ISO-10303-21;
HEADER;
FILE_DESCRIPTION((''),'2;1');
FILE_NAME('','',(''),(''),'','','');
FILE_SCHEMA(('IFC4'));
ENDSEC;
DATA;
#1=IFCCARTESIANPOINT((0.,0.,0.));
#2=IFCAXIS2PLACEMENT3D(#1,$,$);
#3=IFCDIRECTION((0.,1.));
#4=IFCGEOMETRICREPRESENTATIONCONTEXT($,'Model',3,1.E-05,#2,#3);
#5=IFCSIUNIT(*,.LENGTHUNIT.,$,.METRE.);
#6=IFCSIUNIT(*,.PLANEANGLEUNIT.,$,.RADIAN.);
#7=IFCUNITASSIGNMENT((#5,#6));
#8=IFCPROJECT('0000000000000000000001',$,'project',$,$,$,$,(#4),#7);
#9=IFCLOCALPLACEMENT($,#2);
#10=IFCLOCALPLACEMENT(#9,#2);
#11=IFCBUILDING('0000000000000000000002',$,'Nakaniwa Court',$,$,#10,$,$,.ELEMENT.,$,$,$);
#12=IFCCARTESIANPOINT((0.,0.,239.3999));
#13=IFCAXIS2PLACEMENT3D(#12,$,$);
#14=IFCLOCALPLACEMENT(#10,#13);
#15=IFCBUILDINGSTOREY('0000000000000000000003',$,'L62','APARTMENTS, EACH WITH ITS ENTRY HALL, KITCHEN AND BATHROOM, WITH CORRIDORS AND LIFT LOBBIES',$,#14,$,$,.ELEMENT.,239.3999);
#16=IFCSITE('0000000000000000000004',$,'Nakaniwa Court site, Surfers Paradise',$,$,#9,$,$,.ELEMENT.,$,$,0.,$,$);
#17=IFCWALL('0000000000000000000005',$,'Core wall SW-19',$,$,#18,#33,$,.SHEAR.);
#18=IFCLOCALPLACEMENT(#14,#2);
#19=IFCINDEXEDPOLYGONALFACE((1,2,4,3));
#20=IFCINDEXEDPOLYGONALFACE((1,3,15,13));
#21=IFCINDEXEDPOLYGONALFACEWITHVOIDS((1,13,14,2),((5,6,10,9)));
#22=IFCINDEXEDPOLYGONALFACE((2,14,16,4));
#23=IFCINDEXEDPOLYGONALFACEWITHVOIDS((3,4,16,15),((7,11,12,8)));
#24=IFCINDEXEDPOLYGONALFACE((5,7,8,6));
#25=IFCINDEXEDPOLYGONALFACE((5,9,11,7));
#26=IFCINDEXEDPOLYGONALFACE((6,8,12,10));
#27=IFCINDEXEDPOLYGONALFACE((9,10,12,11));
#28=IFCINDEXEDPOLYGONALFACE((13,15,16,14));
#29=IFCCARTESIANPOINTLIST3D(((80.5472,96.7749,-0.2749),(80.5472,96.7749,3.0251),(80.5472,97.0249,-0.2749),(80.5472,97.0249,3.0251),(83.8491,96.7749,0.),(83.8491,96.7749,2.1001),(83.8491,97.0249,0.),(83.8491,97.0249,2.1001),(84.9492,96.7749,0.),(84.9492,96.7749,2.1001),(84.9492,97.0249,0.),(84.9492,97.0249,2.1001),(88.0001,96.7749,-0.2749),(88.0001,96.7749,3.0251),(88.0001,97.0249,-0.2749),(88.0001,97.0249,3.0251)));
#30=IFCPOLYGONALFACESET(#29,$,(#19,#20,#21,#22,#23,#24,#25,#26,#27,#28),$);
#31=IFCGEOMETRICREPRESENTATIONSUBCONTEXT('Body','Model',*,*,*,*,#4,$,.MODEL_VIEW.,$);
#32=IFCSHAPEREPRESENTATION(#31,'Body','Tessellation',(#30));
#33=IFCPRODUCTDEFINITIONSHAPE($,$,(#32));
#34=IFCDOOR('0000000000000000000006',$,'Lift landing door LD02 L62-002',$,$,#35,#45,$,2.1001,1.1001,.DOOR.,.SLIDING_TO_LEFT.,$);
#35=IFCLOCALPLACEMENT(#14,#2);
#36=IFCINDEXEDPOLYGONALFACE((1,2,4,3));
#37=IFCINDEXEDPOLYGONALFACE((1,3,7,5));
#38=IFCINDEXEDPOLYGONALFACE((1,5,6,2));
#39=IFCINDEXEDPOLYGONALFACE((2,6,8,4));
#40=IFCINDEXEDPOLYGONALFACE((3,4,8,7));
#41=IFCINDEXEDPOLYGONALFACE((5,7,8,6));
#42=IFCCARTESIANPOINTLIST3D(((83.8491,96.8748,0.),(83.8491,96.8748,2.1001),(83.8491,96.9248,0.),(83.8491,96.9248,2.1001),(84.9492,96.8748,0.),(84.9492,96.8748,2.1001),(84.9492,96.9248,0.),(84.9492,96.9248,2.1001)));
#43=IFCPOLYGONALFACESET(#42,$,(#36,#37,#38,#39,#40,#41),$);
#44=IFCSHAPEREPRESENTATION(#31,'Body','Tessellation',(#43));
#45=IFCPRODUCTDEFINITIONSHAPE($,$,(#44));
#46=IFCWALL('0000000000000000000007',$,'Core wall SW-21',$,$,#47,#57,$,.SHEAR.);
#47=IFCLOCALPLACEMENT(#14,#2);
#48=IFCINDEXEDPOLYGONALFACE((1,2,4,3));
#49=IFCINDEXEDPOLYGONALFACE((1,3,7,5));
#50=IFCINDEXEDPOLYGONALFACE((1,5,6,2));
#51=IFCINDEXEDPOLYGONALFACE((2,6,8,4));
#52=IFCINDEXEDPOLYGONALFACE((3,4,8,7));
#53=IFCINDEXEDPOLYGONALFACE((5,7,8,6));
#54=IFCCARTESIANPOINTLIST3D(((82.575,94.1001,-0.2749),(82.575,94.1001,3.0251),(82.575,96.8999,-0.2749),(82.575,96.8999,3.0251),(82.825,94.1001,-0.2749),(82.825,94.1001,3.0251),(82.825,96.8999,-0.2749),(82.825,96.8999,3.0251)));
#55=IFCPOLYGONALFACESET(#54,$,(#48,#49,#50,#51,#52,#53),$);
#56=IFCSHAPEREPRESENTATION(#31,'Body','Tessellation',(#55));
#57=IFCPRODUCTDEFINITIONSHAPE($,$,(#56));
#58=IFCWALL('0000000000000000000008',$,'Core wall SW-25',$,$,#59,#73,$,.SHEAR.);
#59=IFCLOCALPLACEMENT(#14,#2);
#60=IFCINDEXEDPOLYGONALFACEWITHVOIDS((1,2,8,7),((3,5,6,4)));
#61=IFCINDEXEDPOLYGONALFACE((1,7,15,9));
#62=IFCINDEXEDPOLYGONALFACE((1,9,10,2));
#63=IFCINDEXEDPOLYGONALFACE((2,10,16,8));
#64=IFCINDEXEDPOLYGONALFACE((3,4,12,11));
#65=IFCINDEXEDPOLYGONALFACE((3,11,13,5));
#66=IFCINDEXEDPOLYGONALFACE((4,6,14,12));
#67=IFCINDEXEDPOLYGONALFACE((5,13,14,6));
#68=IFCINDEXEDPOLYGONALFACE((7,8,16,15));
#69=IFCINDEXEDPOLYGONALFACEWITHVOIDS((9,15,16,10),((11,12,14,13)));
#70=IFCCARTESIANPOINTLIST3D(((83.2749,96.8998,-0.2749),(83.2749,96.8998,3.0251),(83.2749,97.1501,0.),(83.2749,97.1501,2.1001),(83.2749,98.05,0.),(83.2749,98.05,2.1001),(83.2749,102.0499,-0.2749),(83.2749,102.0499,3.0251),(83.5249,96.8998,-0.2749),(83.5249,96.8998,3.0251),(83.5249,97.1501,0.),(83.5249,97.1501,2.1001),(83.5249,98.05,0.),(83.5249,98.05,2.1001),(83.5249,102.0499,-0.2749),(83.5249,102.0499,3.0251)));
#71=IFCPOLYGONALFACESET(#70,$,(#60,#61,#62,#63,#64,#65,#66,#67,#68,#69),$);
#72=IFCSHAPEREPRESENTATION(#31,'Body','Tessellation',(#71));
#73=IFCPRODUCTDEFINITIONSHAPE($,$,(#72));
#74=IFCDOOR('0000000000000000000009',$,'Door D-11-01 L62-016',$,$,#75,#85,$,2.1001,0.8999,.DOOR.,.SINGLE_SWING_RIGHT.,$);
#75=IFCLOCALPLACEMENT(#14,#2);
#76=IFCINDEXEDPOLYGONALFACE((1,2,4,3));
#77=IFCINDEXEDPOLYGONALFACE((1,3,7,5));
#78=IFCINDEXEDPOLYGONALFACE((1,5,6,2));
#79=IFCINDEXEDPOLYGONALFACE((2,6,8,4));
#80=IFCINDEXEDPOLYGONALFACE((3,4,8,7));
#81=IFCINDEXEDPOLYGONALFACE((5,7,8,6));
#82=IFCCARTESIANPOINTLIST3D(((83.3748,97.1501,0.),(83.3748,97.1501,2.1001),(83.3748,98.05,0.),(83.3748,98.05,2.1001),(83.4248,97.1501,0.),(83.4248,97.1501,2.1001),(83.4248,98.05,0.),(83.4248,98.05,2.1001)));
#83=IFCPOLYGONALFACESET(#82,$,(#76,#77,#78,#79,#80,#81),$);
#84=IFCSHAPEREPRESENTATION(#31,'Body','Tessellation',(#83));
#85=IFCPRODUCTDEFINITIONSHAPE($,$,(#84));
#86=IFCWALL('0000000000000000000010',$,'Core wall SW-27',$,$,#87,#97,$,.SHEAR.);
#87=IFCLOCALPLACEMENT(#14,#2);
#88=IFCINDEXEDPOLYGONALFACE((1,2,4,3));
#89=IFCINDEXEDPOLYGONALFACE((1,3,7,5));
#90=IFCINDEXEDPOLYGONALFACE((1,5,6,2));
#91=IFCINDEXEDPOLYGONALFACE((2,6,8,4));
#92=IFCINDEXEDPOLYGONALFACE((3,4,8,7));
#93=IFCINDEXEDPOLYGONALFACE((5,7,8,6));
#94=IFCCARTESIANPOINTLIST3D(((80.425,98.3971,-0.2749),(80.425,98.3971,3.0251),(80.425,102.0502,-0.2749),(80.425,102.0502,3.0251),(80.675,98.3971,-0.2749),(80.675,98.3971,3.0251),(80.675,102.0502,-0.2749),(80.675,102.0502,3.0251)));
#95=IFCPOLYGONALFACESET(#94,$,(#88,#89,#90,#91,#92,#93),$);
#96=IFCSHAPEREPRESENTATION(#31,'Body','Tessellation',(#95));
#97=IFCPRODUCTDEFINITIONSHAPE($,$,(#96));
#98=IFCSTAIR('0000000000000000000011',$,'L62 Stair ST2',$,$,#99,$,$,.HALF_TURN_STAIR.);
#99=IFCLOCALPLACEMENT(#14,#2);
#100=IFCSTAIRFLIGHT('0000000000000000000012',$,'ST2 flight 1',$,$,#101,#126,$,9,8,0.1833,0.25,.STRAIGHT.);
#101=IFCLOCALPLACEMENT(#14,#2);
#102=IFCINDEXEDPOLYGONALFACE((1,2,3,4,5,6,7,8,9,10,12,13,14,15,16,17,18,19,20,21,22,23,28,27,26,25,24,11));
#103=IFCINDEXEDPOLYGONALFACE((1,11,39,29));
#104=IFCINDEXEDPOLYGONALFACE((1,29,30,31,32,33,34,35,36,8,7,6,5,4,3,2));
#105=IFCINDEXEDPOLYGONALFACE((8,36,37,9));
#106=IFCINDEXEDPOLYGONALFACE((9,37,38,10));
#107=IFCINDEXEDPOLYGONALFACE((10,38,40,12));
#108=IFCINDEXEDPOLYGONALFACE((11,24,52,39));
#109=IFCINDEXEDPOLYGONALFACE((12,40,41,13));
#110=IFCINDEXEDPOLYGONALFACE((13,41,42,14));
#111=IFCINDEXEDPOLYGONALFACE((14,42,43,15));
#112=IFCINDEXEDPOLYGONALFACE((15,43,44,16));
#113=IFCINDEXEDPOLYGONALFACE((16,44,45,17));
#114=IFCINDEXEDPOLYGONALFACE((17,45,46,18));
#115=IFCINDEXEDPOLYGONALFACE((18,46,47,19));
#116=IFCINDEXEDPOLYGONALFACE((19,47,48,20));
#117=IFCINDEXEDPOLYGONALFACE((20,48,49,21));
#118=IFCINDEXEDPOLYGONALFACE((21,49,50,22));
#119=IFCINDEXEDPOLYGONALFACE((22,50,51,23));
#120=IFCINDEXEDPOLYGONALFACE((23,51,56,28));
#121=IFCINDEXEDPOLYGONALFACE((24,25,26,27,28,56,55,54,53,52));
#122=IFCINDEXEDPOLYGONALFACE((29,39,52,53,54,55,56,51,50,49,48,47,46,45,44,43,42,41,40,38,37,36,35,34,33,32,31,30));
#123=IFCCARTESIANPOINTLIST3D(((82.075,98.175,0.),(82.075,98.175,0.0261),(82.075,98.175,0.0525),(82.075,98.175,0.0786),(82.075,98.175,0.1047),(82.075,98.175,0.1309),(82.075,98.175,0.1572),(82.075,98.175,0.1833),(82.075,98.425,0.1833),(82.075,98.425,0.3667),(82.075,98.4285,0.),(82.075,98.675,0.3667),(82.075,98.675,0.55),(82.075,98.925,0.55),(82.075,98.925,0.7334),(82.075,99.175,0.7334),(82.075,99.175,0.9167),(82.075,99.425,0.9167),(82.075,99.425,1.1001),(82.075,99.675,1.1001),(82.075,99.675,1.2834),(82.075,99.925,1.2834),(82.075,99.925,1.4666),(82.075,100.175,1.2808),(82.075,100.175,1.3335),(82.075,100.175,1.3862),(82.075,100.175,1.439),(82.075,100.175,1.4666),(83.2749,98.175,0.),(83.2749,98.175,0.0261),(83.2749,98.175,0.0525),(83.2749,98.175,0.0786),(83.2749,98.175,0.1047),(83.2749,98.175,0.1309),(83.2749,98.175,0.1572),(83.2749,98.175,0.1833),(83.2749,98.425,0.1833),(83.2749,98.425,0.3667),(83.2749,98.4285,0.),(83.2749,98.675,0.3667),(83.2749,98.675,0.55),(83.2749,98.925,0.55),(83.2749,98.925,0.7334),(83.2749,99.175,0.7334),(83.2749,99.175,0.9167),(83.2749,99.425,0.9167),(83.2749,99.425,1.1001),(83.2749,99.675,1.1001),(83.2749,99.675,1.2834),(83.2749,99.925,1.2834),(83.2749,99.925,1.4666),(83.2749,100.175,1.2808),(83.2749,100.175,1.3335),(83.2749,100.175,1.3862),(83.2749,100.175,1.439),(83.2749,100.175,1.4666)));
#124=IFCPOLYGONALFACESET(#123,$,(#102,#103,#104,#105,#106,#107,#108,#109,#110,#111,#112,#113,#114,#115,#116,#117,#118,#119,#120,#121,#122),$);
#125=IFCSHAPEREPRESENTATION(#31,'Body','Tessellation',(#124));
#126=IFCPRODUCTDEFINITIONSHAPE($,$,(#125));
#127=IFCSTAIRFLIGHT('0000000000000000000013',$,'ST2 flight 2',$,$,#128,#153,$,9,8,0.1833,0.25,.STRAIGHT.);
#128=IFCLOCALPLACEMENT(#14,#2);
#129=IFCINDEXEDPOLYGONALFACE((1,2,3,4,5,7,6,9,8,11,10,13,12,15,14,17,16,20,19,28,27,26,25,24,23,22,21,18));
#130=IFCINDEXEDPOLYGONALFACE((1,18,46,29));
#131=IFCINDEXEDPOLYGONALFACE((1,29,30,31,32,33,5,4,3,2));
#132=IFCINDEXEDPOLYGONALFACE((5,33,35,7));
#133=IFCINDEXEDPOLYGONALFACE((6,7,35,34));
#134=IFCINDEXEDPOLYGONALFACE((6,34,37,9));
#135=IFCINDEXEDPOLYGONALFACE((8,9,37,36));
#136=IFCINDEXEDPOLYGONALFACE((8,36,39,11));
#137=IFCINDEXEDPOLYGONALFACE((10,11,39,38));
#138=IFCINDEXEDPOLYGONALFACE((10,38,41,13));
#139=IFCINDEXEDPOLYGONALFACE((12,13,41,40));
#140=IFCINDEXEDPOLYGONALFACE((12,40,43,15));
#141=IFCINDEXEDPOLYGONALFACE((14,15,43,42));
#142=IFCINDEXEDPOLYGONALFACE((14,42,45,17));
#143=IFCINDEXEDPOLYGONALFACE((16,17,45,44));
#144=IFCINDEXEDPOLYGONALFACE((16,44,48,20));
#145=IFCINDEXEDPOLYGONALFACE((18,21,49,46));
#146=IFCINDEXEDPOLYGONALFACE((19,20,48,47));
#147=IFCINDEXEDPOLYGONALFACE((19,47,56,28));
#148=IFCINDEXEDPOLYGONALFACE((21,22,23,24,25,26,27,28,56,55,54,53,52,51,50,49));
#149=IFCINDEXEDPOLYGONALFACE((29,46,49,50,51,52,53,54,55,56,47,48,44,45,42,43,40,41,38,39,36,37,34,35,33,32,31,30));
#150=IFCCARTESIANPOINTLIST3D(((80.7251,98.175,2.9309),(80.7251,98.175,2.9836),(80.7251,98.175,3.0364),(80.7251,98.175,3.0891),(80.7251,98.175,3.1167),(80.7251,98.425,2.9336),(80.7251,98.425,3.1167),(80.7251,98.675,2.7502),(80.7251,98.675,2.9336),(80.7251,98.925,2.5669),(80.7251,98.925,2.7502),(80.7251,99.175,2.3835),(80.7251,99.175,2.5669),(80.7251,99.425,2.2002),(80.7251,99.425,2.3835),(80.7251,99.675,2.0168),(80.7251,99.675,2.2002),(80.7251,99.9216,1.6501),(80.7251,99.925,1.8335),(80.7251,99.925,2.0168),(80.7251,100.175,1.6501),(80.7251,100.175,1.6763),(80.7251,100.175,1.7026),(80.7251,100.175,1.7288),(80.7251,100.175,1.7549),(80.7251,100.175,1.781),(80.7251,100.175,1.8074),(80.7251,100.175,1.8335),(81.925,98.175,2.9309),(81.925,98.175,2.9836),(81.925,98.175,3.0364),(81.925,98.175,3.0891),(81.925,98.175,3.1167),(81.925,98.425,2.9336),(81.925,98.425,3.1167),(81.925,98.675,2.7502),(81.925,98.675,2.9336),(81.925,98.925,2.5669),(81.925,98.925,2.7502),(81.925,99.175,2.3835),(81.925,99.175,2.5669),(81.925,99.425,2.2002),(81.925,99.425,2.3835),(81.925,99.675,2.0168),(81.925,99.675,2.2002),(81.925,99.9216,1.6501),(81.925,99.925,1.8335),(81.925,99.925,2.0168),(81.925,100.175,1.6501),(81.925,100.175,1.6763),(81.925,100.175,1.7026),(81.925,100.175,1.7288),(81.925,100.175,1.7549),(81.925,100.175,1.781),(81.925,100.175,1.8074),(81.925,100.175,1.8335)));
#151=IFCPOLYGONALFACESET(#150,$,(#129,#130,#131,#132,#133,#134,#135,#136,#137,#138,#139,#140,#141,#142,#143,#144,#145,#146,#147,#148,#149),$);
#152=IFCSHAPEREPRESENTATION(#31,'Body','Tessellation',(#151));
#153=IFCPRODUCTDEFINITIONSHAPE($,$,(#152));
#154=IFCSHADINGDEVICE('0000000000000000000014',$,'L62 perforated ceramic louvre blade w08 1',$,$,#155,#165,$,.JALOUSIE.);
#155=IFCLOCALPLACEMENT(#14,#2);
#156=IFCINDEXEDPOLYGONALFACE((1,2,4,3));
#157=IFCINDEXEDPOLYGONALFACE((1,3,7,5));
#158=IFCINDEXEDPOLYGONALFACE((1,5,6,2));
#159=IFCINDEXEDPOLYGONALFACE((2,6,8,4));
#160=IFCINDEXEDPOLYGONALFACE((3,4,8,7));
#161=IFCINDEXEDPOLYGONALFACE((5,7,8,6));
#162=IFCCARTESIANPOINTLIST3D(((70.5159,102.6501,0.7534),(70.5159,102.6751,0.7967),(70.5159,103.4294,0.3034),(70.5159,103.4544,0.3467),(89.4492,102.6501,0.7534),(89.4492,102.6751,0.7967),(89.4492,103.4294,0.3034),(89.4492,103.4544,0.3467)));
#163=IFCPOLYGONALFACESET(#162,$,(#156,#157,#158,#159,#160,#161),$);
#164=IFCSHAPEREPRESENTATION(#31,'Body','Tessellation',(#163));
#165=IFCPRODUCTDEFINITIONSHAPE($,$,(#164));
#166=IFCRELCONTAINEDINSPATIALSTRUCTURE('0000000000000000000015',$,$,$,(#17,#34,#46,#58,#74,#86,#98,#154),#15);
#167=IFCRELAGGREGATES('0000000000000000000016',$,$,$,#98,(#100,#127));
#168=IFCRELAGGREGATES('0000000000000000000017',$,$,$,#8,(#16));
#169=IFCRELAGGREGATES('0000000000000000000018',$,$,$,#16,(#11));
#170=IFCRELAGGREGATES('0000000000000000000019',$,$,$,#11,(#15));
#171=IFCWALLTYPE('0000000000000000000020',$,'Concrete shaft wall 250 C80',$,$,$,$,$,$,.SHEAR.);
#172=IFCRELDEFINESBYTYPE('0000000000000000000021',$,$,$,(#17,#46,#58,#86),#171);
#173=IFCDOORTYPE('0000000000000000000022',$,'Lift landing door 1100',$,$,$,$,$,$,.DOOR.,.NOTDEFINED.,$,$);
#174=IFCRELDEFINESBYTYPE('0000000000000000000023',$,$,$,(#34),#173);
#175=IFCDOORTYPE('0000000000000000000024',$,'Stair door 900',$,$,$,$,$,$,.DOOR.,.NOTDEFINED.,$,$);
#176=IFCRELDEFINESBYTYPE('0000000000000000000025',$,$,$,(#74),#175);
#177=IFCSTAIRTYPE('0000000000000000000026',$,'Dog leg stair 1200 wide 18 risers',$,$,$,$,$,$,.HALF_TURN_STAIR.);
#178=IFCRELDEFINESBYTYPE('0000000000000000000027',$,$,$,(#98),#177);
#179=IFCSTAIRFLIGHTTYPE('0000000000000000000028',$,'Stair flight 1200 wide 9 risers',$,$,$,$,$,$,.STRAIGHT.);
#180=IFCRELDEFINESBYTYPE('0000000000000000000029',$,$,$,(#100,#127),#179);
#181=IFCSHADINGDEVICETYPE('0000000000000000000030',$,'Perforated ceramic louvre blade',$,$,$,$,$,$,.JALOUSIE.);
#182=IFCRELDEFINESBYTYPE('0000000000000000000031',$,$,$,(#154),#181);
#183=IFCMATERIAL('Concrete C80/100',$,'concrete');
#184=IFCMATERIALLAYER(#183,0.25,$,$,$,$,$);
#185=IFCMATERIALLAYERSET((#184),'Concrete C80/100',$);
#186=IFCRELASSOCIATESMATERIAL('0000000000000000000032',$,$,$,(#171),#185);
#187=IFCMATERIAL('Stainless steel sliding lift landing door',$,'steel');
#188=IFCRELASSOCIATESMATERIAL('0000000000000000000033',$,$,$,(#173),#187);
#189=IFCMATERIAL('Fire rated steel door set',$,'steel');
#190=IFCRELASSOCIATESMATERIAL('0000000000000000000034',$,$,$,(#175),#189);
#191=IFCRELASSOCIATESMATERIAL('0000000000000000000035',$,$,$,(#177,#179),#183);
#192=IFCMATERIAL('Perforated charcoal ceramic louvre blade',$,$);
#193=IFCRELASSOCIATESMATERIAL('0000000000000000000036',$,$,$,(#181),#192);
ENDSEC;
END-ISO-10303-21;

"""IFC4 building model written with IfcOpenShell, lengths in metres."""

from ifc_helpers import new_model, si_unit, direction, frame, frame_2d, origin, origin_2d, place, context, subcontext, project, spatial, polyline, rectangle, outline, extrude, material, layer, layer_set, material_profile, profile_set, type_object, element, fill, aggregate, save


model = new_model("IFC4")

# Units and contexts
model_context = context("Model", 3, precision=1e-05, world=origin(), true_north=direction((0.0, 1.0)))
body_context = subcontext(model_context, "Body", "Model", "MODEL_VIEW")
ifc_project = project(units=[si_unit("LENGTHUNIT", "METRE"), si_unit("PLANEANGLEUNIT", "RADIAN")], contexts=[model_context])

# Site, building, storey
site_placement = place(None, origin())
site = spatial("IfcSite", under=ifc_project, at=site_placement, Name="Nakaniwa Court site, Surfers Paradise", CompositionType="ELEMENT", RefElevation=0.0)
building_placement = place(site_placement, origin())
building = spatial("IfcBuilding", under=site, at=building_placement, Name="Nakaniwa Court", CompositionType="ELEMENT")
storey_placement = place(building_placement, frame((0.0, 0.0, 239.3999)))
storey = spatial("IfcBuildingStorey", under=building, at=storey_placement, Name="L62", Description="APARTMENTS, EACH WITH ITS ENTRY HALL, KITCHEN AND BATHROOM, WITH CORRIDORS AND LIFT LOBBIES", CompositionType="ELEMENT", Elevation=239.3999)

# Shared definitions
ifc_material_1 = material(Name="Fire rated steel door set", Category="steel")

# Shared definitions
ifc_material_2 = material(Name="Concrete C80/100", Category="concrete")

# Shared definitions
ifc_layer_1 = layer(ifc_material_2, 0.25)
ifc_layer_set_1 = layer_set([ifc_layer_1], Name="Concrete C80/100")
wall_type_1 = type_object("IfcWallType", Name="Concrete shaft wall 250 C80", PredefinedType="SHEAR", material=ifc_layer_set_1)

# Wall, opening, door
wall_1_placement = place(storey_placement, frame((80.5471, 96.8999, -0.2749), z_axis=(0.0, 0.0, 1.0), x_axis=(1.0, 0.0, 0.0)))
wall_1 = element("IfcWall", 1, at=wall_1_placement, inside=storey, type_object=wall_type_1, Name="Core wall SW-19", PredefinedType="SHEAR", context=body_context, shape_type="SweptSolid", body=[
    extrude(rectangle(XDim=7.4529, YDim=0.25, at=frame_2d((3.7266, 0.0))), origin(), (0.0, 0.0, 1.0), 3.3),
])
opening_1_placement = place(wall_1_placement, frame((3.302, 0.0, 0.2749)))
opening_1 = element("IfcOpeningElement", 2, at=opening_1_placement, cuts=wall_1, PredefinedType="OPENING", context=body_context, shape_type="SweptSolid", body=[
    extrude(rectangle(XDim=1.1001, YDim=2.1001, at=frame_2d((0.55, 1.05))), frame((0.0, 0.135, 0.0), z_axis=(0.0, -1.0, 0.0), x_axis=(1.0, 0.0, 0.0)), (0.0, 0.0, 1.0), 0.27),
])
ifc_material_3 = material(Name="Stainless steel sliding lift landing door", Category="steel")
door_type_1 = type_object("IfcDoorType", Name="Lift landing door 1100", OperationType="NOTDEFINED", PredefinedType="DOOR", material=ifc_material_3)
door_1_placement = place(opening_1_placement, origin())
door_1 = element("IfcDoor", 3, at=door_1_placement, inside=storey, type_object=door_type_1, Name="Lift landing door LD02 L62-002", OperationType="SLIDING_TO_LEFT", OverallHeight=2.1001, OverallWidth=1.1001, PredefinedType="DOOR", context=body_context, shape_type="SweptSolid", body=[
    extrude(rectangle(XDim=1.1001, YDim=2.1001, at=frame_2d((0.55, 1.05))), frame((0.0, 0.0249, 0.0), z_axis=(0.0, -1.0, 0.0), x_axis=(1.0, 0.0, 0.0)), (0.0, 0.0, 1.0), 0.05),
])
fill(opening_1, door_1)

# Wall
wall_2_placement = place(storey_placement, frame((82.7, 94.1001, -0.2749), z_axis=(0.0, 0.0, 1.0), x_axis=(0.0, 1.0, 0.0)))
element("IfcWall", 4, at=wall_2_placement, inside=storey, type_object=wall_type_1, Name="Core wall SW-21", PredefinedType="SHEAR", context=body_context, shape_type="SweptSolid", body=[
    extrude(rectangle(XDim=2.7998, YDim=0.25, at=frame_2d((1.3999, 0.0))), origin(), (0.0, 0.0, 1.0), 3.3),
])

# Wall, opening, door
wall_3_placement = place(storey_placement, frame((83.3999, 102.05, -0.2749), z_axis=(0.0, 0.0, 1.0), x_axis=(0.0, -1.0, 0.0)))
wall_3 = element("IfcWall", 5, at=wall_3_placement, inside=storey, type_object=wall_type_1, Name="Core wall SW-25", PredefinedType="SHEAR", context=body_context, shape_type="SweptSolid", body=[
    extrude(rectangle(XDim=5.1501, YDim=0.25, at=frame_2d((2.5752, 0.0))), origin(), (0.0, 0.0, 1.0), 3.3),
])
opening_2_placement = place(wall_3_placement, frame((4.0, 0.0, 0.2749)))
opening_2 = element("IfcOpeningElement", 6, at=opening_2_placement, cuts=wall_3, PredefinedType="OPENING", context=body_context, shape_type="SweptSolid", body=[
    extrude(rectangle(XDim=0.8999, YDim=2.1001, at=frame_2d((0.45, 1.05))), frame((0.0, 0.135, 0.0), z_axis=(0.0, -1.0, 0.0), x_axis=(1.0, 0.0, 0.0)), (0.0, 0.0, 1.0), 0.27),
])
door_type_2 = type_object("IfcDoorType", Name="Stair door 900", OperationType="NOTDEFINED", PredefinedType="DOOR", material=ifc_material_1)
door_2_placement = place(opening_2_placement, origin())
door_2 = element("IfcDoor", 7, at=door_2_placement, inside=storey, type_object=door_type_2, Name="Door D-11-01 L62-016", OperationType="SINGLE_SWING_RIGHT", OverallHeight=2.1001, OverallWidth=0.8999, PredefinedType="DOOR", context=body_context, shape_type="SweptSolid", body=[
    extrude(rectangle(XDim=0.8999, YDim=2.1001, at=frame_2d((0.45, 1.05))), frame((0.0, 0.0249, 0.0), z_axis=(0.0, -1.0, 0.0), x_axis=(1.0, 0.0, 0.0)), (0.0, 0.0, 1.0), 0.05),
])
fill(opening_2, door_2)

# Wall
wall_4_placement = place(storey_placement, frame((80.55, 98.397, -0.2749), z_axis=(0.0, 0.0, 1.0), x_axis=(0.0, 1.0, 0.0)))
element("IfcWall", 8, at=wall_4_placement, inside=storey, type_object=wall_type_1, Name="Core wall SW-27", PredefinedType="SHEAR", context=body_context, shape_type="SweptSolid", body=[
    extrude(rectangle(XDim=3.6531, YDim=0.25, at=frame_2d((1.8267, 0.0))), origin(), (0.0, 0.0, 1.0), 3.3),
])

# Stair, stair flights
stair_type = type_object("IfcStairType", Name="Dog leg stair 1200 wide 18 risers", PredefinedType="HALF_TURN_STAIR", material=ifc_material_2)
stair_placement = place(storey_placement, origin())
stair = element("IfcStair", 9, at=stair_placement, inside=storey, type_object=stair_type, Name="L62 Stair ST2", PredefinedType="HALF_TURN_STAIR")
stair_flight_type = type_object("IfcStairFlightType", Name="Stair flight 1200 wide 9 risers", PredefinedType="STRAIGHT", material=ifc_material_2)
stair_flight_1_placement = place(storey_placement, frame((82.675, 98.175, 0.0), z_axis=(0.0, 0.0, 1.0), x_axis=(0.0, 1.0, 0.0)))
stair_flight_1 = element("IfcStairFlight", 10, at=stair_flight_1_placement, type_object=stair_flight_type, Name="ST2 flight 1", NumberOfRisers=9, NumberOfTreads=8, PredefinedType="STRAIGHT", RiserHeight=0.1833, TreadLength=0.25, context=body_context, shape_type="SweptSolid", body=[
    extrude(outline(polyline([(0.0, 0.0), (0.0, 0.0261), (0.0, 0.0525), (0.0, 0.0786), (0.0, 0.1047), (0.0, 0.1309), (0.0, 0.1572), (0.0, 0.1833), (0.25, 0.1833), (0.25, 0.3667), (0.5, 0.3667), (0.5, 0.55), (0.75, 0.55), (0.75, 0.7334), (1.0, 0.7334), (1.0, 0.9167), (1.25, 0.9167), (1.25, 1.1001), (1.5, 1.1001), (1.5, 1.2834), (1.75, 1.2834), (1.75, 1.4666), (2.0, 1.4666), (2.0, 1.6499), (2.0, 1.5972), (2.0, 1.5444), (2.0, 1.4917), (2.0, 1.439), (2.0, 1.3862), (2.0, 1.3335), (2.0, 1.2808), (0.2534, 0.0), (0.0, 0.0)])), frame((0.0, 0.6001, 0.0), z_axis=(0.0, -1.0, 0.0), x_axis=(1.0, 0.0, 0.0)), (0.0, 0.0, 1.0), 1.2),
])
stair_flight_2_placement = place(storey_placement, frame((81.325, 100.175, 1.6501), z_axis=(0.0, 0.0, 1.0), x_axis=(0.0, -1.0, 0.0)))
stair_flight_2 = element("IfcStairFlight", 11, at=stair_flight_2_placement, type_object=stair_flight_type, Name="ST2 flight 2", NumberOfRisers=9, NumberOfTreads=8, PredefinedType="STRAIGHT", RiserHeight=0.1833, TreadLength=0.25, context=body_context, shape_type="SweptSolid", body=[
    extrude(outline(polyline([(0.0, 0.0), (0.0, 0.0261), (0.0, 0.0525), (0.0, 0.0786), (0.0, 0.1047), (0.0, 0.1309), (0.0, 0.1572), (0.0, 0.1833), (0.25, 0.1833), (0.25, 0.3667), (0.5, 0.3667), (0.5, 0.55), (0.75, 0.55), (0.75, 0.7334), (1.0, 0.7334), (1.0, 0.9167), (1.25, 0.9167), (1.25, 1.1001), (1.5, 1.1001), (1.5, 1.2834), (1.75, 1.2834), (1.75, 1.4666), (2.0, 1.4666), (2.0, 1.6499), (2.0, 1.5972), (2.0, 1.5444), (2.0, 1.4917), (2.0, 1.439), (2.0, 1.3862), (2.0, 1.3335), (2.0, 1.2808), (0.2534, 0.0), (0.0, 0.0)])), frame((0.0, 0.6001, 0.0), z_axis=(0.0, -1.0, 0.0), x_axis=(1.0, 0.0, 0.0)), (0.0, 0.0, 1.0), 1.2),
])
aggregate(stair, [stair_flight_1, stair_flight_2])

# Shading device
ifc_material_4 = material(Name="Perforated charcoal ceramic louvre blade")
ifc_material_profile = material_profile(ifc_material_4, rectangle(XDim=0.8999, YDim=0.05, at=origin_2d()), Name="Perforated ceramic louvre blade")
ifc_profile_set = profile_set([ifc_material_profile], Name="Perforated charcoal ceramic louvre blade")
shading_device_type = type_object("IfcShadingDeviceType", Name="Perforated ceramic louvre blade", PredefinedType="JALOUSIE", material=ifc_profile_set)
for number, where, z_axis, x_axis, name in (
    (12, (89.4492, 103.0522, 0.55), (-1.0, 0.0, 0.0), (0.0, -0.866025, 0.5), "L62 perforated ceramic louvre blade w08 1"),
):
    element("IfcShadingDevice", number, at=place(storey_placement, frame(where, z_axis=z_axis, x_axis=x_axis)), inside=storey, type_object=shading_device_type, Name=name, PredefinedType="JALOUSIE", context=body_context, shape_type="SweptSolid", body=[
        extrude(rectangle(XDim=0.8999, YDim=0.05, at=origin_2d()), origin(), (0.0, 0.0, 1.0), 18.9333),
    ])

save(model, "model.ifc")
